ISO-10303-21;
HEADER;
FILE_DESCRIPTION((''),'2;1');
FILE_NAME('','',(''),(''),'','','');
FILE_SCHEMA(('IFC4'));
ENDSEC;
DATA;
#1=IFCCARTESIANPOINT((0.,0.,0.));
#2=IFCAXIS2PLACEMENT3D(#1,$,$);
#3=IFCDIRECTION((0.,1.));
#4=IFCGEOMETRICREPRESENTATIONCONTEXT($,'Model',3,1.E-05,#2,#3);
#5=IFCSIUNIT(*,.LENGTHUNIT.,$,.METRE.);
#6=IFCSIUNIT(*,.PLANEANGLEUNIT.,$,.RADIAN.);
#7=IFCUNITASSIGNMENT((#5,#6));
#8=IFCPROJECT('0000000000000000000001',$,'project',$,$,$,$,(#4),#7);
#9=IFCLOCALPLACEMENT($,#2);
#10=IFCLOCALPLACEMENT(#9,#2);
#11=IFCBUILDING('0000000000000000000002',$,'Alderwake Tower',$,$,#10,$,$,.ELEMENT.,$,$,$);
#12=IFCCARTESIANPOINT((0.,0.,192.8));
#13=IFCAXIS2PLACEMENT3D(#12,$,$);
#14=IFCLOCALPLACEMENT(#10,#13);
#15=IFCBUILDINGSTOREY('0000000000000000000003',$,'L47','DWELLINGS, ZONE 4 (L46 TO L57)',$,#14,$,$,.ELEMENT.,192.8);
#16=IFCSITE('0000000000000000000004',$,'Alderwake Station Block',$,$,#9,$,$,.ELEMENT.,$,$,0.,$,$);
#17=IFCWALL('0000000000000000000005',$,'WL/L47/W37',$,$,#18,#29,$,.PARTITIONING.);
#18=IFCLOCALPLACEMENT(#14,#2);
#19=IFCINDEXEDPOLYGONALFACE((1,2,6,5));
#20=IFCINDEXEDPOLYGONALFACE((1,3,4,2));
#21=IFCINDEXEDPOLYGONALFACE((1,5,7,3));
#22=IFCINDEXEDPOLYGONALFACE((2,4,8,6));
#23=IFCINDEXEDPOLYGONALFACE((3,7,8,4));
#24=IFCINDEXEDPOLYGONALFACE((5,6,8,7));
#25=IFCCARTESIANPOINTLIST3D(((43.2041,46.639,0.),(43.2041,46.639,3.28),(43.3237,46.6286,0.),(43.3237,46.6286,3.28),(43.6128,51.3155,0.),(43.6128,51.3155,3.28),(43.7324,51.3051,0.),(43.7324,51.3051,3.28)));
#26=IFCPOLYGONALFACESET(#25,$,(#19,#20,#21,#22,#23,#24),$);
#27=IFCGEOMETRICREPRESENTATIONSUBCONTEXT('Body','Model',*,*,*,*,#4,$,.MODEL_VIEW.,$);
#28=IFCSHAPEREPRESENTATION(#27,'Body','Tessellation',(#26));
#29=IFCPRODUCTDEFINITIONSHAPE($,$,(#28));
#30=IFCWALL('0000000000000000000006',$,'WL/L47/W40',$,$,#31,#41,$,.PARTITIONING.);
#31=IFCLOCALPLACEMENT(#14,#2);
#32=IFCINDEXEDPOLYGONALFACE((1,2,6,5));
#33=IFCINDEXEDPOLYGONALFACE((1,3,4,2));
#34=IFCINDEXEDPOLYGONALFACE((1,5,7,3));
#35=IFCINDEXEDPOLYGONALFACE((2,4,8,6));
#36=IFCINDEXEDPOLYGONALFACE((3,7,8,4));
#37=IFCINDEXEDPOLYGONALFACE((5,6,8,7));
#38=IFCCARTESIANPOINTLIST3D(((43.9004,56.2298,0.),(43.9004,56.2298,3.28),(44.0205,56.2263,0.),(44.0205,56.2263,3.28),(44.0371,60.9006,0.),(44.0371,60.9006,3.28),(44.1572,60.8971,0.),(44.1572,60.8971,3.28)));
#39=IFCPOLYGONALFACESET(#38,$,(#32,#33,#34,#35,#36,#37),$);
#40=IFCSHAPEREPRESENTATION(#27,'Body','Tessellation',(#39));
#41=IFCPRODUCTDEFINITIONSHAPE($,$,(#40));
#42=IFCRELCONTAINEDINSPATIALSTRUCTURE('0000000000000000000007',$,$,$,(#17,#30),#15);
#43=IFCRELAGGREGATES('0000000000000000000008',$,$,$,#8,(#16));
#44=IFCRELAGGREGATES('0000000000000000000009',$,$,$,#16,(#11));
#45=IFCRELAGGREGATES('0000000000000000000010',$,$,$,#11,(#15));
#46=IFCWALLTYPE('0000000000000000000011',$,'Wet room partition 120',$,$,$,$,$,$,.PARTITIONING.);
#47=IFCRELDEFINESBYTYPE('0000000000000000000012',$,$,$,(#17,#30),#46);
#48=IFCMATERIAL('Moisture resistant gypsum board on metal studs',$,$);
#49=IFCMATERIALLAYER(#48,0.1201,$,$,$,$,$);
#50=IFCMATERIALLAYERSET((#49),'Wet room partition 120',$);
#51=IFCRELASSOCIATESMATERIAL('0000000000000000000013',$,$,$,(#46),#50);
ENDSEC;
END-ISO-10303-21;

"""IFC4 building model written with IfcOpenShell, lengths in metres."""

from ifc_helpers import new_model, si_unit, direction, frame, frame_2d, origin, place, context, subcontext, project, spatial, rectangle, extrude, material, layer, layer_set, type_object, element, save


model = new_model("IFC4")

# Units and contexts
model_context = context("Model", 3, precision=1e-05, world=origin(), true_north=direction((0.0, 1.0)))
body_context = subcontext(model_context, "Body", "Model", "MODEL_VIEW")
ifc_project = project(units=[si_unit("LENGTHUNIT", "METRE"), si_unit("PLANEANGLEUNIT", "RADIAN")], contexts=[model_context])

# Site, building, storey
site_placement = place(None, origin())
site = spatial("IfcSite", under=ifc_project, at=site_placement, Name="Alderwake Station Block", CompositionType="ELEMENT", RefElevation=0.0)
building_placement = place(site_placement, origin())
building = spatial("IfcBuilding", under=site, at=building_placement, Name="Alderwake Tower", CompositionType="ELEMENT")
storey_placement = place(building_placement, frame((0.0, 0.0, 192.8)))
storey = spatial("IfcBuildingStorey", under=building, at=storey_placement, Name="L47", Description="DWELLINGS, ZONE 4 (L46 TO L57)", CompositionType="ELEMENT", Elevation=192.8)

# Walls
ifc_material_1 = material(Name="Moisture resistant gypsum board on metal studs")
ifc_layer_1 = layer(ifc_material_1, 0.1201)
ifc_layer_set_1 = layer_set([ifc_layer_1], Name="Wet room partition 120")
wall_type_1 = type_object("IfcWallType", Name="Wet room partition 120", PredefinedType="PARTITIONING", material=ifc_layer_set_1)
wall_1_placement = place(storey_placement, frame((43.2639, 46.6338, 0.0), z_axis=(0.0, 0.0, 1.0), x_axis=(0.08706, 0.996203, 0.0)))
element("IfcWall", 1, at=wall_1_placement, inside=storey, type_object=wall_type_1, Name="WL/L47/W37", PredefinedType="PARTITIONING", context=body_context, shape_type="SweptSolid", body=[
    extrude(rectangle(XDim=4.6943, YDim=0.1201, at=frame_2d((2.3472, 0.0))), origin(), (0.0, 0.0, 1.0), 3.28),
])
wall_2_placement = place(storey_placement, frame((43.9604, 56.228, 0.0), z_axis=(0.0, 0.0, 1.0), x_axis=(0.029258, 0.999572, 0.0)))
element("IfcWall", 2, at=wall_2_placement, inside=storey, type_object=wall_type_1, Name="WL/L47/W40", PredefinedType="PARTITIONING", context=body_context, shape_type="SweptSolid", body=[
    extrude(rectangle(XDim=4.6729, YDim=0.1201, at=frame_2d((2.3364, 0.0))), origin(), (0.0, 0.0, 1.0), 3.28),
])

save(model, "model.ifc")
